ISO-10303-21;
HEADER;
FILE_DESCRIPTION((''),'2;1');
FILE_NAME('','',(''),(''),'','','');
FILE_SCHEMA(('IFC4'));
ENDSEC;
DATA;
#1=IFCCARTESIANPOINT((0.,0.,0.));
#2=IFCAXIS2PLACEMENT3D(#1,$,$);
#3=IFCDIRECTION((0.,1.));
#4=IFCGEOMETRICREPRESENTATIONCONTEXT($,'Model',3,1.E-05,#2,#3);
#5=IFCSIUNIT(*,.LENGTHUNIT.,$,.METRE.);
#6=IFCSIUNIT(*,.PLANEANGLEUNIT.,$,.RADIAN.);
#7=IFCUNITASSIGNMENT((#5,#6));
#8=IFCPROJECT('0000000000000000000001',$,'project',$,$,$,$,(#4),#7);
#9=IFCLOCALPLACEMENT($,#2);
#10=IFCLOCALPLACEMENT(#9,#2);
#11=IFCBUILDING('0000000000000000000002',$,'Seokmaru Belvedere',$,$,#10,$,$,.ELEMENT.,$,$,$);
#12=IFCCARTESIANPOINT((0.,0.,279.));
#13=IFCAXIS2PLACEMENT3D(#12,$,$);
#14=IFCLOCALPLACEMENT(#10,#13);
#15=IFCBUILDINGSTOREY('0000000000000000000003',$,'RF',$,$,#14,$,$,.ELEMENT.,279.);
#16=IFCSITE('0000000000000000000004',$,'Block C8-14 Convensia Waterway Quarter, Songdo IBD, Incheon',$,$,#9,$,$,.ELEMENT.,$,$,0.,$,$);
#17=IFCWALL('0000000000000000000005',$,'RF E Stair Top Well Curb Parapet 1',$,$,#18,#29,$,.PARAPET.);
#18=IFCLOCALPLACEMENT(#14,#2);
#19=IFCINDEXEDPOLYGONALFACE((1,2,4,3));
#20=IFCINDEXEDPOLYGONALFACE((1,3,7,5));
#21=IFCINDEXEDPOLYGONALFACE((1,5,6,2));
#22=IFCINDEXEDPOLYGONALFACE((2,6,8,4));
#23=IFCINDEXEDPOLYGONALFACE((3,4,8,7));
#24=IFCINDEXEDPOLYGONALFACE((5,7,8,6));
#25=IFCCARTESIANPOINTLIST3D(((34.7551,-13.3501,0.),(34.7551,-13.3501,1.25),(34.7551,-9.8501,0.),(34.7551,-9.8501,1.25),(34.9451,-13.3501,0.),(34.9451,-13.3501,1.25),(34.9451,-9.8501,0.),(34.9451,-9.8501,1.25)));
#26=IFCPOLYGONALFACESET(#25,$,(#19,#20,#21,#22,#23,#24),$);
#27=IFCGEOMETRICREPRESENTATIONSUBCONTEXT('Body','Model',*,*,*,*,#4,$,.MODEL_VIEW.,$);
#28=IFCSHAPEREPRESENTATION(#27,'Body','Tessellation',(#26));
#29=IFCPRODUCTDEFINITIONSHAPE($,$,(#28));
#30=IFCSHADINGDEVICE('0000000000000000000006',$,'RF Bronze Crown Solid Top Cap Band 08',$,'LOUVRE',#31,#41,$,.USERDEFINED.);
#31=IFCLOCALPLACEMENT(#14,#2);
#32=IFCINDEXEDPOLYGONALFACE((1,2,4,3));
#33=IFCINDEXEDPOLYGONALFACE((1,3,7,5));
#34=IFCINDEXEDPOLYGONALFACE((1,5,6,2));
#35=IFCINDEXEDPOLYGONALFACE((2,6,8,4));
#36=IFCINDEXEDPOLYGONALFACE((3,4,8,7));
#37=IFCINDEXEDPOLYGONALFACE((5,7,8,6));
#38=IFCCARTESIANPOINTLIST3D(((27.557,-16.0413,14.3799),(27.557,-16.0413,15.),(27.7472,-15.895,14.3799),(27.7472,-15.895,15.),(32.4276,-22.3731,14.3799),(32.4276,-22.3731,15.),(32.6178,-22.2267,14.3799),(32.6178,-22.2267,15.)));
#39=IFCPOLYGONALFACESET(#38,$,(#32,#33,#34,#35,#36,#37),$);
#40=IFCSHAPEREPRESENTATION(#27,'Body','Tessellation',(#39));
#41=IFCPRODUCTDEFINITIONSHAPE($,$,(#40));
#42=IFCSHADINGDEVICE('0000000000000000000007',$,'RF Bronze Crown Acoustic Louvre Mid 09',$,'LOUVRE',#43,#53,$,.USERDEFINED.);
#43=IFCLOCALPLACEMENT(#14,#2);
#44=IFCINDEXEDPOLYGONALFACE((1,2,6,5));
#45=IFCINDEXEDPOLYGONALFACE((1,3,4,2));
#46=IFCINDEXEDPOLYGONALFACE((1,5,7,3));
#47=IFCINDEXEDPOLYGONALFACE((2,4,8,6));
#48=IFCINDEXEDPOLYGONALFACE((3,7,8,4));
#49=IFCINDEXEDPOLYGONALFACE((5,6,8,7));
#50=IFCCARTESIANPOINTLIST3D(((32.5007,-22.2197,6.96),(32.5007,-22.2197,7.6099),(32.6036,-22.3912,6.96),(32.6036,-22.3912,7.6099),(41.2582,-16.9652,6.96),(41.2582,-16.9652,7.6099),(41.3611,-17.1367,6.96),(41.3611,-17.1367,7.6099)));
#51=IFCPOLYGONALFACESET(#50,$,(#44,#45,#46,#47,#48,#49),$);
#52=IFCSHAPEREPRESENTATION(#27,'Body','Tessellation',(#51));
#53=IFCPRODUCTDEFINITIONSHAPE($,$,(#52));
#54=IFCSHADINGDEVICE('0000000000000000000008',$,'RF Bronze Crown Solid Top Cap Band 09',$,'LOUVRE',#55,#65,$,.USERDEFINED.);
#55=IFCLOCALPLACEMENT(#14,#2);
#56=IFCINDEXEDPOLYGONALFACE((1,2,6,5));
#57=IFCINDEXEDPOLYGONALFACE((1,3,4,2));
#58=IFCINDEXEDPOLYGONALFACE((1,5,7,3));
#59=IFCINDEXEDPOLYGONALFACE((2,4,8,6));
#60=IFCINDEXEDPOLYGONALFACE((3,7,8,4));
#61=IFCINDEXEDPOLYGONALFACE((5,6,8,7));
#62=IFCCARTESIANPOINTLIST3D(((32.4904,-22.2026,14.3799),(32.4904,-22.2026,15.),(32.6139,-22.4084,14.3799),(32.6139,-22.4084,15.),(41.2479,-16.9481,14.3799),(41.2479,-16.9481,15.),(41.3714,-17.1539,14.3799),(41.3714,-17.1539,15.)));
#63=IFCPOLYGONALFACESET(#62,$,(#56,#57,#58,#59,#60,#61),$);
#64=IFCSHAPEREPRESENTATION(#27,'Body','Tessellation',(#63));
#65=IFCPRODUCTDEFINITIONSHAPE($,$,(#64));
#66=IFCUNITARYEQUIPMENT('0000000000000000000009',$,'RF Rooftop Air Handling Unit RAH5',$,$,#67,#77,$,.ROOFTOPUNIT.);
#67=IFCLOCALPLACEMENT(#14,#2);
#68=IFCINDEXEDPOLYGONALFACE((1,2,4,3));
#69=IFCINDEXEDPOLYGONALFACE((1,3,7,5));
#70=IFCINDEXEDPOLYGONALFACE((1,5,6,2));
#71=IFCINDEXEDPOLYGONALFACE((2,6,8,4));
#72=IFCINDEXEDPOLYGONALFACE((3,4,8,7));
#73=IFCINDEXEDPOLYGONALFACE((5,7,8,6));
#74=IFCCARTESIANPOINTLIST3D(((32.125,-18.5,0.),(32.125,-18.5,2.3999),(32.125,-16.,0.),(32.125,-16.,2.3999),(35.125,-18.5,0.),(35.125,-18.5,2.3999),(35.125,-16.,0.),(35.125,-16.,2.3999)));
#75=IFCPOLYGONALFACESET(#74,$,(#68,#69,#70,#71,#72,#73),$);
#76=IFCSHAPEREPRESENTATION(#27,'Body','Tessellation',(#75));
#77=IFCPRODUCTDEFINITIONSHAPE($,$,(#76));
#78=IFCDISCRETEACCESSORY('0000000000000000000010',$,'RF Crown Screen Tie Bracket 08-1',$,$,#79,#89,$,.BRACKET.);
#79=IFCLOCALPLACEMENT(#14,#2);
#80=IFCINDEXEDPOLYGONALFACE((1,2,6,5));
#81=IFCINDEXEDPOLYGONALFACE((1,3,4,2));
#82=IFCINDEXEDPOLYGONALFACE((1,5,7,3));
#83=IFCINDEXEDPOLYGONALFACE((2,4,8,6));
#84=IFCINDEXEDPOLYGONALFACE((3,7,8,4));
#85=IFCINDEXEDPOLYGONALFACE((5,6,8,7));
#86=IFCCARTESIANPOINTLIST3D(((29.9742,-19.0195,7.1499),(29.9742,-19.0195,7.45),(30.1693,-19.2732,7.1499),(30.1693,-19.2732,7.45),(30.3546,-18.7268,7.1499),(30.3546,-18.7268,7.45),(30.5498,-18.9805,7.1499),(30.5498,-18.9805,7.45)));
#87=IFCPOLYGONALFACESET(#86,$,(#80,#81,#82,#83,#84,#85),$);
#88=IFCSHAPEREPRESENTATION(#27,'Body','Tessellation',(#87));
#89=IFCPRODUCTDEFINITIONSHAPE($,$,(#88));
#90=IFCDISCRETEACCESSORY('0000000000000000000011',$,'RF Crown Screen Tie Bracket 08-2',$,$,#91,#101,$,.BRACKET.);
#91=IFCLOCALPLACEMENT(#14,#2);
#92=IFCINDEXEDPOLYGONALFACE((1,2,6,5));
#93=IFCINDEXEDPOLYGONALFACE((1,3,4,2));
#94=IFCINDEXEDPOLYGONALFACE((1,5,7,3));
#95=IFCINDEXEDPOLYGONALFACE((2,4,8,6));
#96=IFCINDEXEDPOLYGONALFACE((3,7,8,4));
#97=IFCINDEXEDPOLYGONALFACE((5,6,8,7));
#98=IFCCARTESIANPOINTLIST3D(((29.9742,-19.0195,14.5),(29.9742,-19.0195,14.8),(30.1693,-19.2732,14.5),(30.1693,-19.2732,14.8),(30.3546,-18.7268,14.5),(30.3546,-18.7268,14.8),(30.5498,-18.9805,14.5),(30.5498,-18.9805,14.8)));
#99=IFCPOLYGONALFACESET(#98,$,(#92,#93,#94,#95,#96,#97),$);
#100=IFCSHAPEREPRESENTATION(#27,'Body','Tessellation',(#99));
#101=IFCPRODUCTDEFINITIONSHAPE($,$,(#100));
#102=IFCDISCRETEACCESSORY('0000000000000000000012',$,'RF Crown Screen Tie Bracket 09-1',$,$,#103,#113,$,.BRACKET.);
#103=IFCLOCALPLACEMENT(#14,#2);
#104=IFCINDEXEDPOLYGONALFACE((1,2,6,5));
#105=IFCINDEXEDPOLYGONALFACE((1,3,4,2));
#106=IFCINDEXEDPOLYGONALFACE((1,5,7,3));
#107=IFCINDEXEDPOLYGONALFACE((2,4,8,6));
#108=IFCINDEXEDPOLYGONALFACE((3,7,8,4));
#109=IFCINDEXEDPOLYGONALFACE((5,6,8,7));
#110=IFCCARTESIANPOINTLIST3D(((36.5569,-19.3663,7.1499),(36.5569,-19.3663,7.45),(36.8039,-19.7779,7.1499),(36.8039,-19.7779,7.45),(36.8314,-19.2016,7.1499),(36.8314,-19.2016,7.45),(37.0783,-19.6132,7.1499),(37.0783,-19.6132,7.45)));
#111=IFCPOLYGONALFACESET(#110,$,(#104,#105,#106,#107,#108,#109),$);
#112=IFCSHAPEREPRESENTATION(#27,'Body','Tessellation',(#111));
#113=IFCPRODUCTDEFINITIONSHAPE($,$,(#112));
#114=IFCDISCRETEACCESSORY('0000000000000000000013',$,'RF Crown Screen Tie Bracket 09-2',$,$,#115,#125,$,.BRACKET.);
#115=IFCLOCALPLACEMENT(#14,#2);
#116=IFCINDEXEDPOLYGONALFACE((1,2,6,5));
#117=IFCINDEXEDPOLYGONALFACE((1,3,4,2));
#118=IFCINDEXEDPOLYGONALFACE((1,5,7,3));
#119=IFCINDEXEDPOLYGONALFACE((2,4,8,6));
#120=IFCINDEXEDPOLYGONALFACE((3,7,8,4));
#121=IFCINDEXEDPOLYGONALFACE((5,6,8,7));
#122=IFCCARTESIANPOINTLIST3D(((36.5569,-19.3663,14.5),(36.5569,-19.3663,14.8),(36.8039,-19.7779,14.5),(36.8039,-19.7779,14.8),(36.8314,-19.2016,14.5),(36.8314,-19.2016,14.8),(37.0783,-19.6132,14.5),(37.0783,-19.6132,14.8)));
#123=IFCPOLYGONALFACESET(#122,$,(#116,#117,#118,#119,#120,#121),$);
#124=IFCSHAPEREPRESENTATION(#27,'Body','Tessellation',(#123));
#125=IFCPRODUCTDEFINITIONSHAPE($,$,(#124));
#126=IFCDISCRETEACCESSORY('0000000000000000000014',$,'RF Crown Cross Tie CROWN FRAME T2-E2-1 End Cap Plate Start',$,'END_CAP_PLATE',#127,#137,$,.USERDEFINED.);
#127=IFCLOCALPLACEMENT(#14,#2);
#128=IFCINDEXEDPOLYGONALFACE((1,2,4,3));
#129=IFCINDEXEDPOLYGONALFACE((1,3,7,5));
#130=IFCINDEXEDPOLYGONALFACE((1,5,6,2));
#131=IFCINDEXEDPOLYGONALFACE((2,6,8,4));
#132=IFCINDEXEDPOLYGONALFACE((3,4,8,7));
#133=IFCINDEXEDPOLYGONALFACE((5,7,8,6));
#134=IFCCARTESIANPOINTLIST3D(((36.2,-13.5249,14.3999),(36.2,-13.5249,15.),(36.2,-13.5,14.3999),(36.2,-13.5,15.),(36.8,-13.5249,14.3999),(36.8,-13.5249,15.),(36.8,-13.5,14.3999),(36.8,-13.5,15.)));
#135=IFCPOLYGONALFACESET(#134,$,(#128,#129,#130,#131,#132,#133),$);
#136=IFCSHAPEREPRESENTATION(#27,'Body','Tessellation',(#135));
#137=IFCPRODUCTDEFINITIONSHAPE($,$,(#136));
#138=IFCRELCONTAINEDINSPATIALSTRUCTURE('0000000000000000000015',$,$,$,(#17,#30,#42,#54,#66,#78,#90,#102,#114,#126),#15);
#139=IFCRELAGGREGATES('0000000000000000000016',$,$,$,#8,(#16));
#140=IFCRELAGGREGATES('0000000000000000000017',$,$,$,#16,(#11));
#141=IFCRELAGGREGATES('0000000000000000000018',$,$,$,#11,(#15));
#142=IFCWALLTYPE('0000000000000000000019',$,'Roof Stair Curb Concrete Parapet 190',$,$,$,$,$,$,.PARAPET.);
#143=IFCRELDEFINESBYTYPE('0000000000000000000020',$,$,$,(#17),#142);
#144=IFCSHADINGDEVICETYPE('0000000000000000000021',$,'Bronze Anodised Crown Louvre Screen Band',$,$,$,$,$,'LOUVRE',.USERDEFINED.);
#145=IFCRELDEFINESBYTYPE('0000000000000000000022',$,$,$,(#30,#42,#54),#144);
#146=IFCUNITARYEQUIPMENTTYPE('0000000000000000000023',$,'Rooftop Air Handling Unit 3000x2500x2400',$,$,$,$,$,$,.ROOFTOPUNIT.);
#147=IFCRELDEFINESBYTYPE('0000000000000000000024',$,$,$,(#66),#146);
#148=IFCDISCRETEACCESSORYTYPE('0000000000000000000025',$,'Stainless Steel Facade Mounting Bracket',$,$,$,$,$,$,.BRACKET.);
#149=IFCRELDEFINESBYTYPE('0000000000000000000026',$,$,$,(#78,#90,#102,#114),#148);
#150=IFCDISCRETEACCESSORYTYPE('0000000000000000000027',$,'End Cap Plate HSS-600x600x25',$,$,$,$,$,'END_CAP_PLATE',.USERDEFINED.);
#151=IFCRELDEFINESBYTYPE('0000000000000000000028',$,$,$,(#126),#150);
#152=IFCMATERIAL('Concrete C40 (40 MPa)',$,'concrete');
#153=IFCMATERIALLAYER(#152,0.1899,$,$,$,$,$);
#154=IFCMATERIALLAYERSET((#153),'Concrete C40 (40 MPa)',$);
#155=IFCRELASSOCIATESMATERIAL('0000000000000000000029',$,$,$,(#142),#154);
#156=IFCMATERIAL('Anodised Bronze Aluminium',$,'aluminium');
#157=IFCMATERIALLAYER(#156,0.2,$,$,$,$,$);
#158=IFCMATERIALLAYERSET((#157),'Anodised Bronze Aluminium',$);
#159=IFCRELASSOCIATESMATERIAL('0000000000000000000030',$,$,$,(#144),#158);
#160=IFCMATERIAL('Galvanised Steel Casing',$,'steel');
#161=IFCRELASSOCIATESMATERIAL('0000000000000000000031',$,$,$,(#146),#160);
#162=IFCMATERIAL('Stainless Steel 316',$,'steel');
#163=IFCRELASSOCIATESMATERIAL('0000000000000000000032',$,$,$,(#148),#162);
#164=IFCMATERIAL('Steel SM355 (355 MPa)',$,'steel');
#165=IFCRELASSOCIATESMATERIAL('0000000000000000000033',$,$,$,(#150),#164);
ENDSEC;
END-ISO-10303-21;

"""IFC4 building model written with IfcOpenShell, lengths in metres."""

from ifc_helpers import new_model, si_unit, direction, frame, frame_2d, origin, origin_2d, place, context, subcontext, project, spatial, rectangle, extrude, source, transform, mapped, material, layer, layer_set, type_object, type_shapes, element, save


model = new_model("IFC4")

# Units and contexts
model_context = context("Model", 3, precision=1e-05, world=origin(), true_north=direction((0.0, 1.0)))
body_context = subcontext(model_context, "Body", "Model", "MODEL_VIEW")
ifc_project = project(units=[si_unit("LENGTHUNIT", "METRE"), si_unit("PLANEANGLEUNIT", "RADIAN")], contexts=[model_context])

# Site, building, storey
site_placement = place(None, origin())
site = spatial("IfcSite", under=ifc_project, at=site_placement, Name="Block C8-14 Convensia Waterway Quarter, Songdo IBD, Incheon", CompositionType="ELEMENT", RefElevation=0.0)
building_placement = place(site_placement, origin())
building = spatial("IfcBuilding", under=site, at=building_placement, Name="Seokmaru Belvedere", CompositionType="ELEMENT")
storey_placement = place(building_placement, frame((0.0, 0.0, 279.0)))
storey = spatial("IfcBuildingStorey", under=building, at=storey_placement, Name="RF", CompositionType="ELEMENT", Elevation=279.0)

# Shared definitions
ifc_material_1 = material(Name="Steel SM355 (355 MPa)", Category="steel")

# Wall
ifc_material_2 = material(Name="Concrete C40 (40 MPa)", Category="concrete")
ifc_layer_1 = layer(ifc_material_2, 0.1899)
ifc_layer_set_1 = layer_set([ifc_layer_1], Name="Concrete C40 (40 MPa)")
wall_type_1 = type_object("IfcWallType", Name="Roof Stair Curb Concrete Parapet 190", PredefinedType="PARAPET", material=ifc_layer_set_1)
wall_1_placement = place(storey_placement, frame((34.8501, -13.3501, 0.0), z_axis=(0.0, 0.0, 1.0), x_axis=(0.0, 1.0, 0.0)))
element("IfcWall", 1, at=wall_1_placement, inside=storey, type_object=wall_type_1, Name="RF E Stair Top Well Curb Parapet 1", PredefinedType="PARAPET", context=body_context, shape_type="SweptSolid", body=[
    extrude(rectangle(XDim=3.5, YDim=0.1899, at=frame_2d((1.75, 0.0))), origin(), (0.0, 0.0, 1.0), 1.25),
])

# Shading devices
ifc_material_3 = material(Name="Anodised Bronze Aluminium", Category="aluminium")
ifc_layer_2 = layer(ifc_material_3, 0.2)
ifc_layer_set_2 = layer_set([ifc_layer_2], Name="Anodised Bronze Aluminium")
shading_device_type = type_object("IfcShadingDeviceType", Name="Bronze Anodised Crown Louvre Screen Band", ElementType="LOUVRE", PredefinedType="USERDEFINED", material=ifc_layer_set_2)
shared_shape_1 = source(origin(), body_context, "Body", "SweptSolid", [
    extrude(rectangle(XDim=7.9883, YDim=0.24, at=origin_2d()), origin(), (0.0, 0.0, 1.0), 0.6201),
])
shading_device_1_placement = place(storey_placement, frame((30.0874, -19.134, 14.3799), z_axis=(0.0, 0.0, 1.0), x_axis=(0.609709, -0.792625, 0.0)))
element("IfcShadingDevice", 2, at=shading_device_1_placement, inside=storey, type_object=shading_device_type, Name="RF Bronze Crown Solid Top Cap Band 08", ObjectType="LOUVRE", PredefinedType="USERDEFINED", context=body_context, shape_type="MappedRepresentation", body=[
    mapped(shared_shape_1, transform((0.0, 0.0, 0.0), scale=1.0)),
])
shared_shape_2 = source(origin(), body_context, "Body", "SweptSolid", [
    extrude(rectangle(XDim=10.2129, YDim=0.2, at=origin_2d()), origin(), (0.0, 0.0, 1.0), 0.6499),
])
shading_device_2_placement = place(storey_placement, frame((36.9309, -19.6782, 6.96), z_axis=(0.0, 0.0, 1.0), x_axis=(0.857493, 0.514496, 0.0)))
element("IfcShadingDevice", 3, at=shading_device_2_placement, inside=storey, type_object=shading_device_type, Name="RF Bronze Crown Acoustic Louvre Mid 09", ObjectType="LOUVRE", PredefinedType="USERDEFINED", context=body_context, shape_type="MappedRepresentation", body=[
    mapped(shared_shape_2, transform((0.0, 0.0, 0.0), scale=1.0)),
])
shared_shape_3 = source(origin(), body_context, "Body", "SweptSolid", [
    extrude(rectangle(XDim=10.2129, YDim=0.24, at=origin_2d()), origin(), (0.0, 0.0, 1.0), 0.6201),
])
type_shapes(shading_device_type, [shared_shape_1, shared_shape_2, shared_shape_3])
shading_device_3_placement = place(storey_placement, frame((36.9309, -19.6782, 14.3799), z_axis=(0.0, 0.0, 1.0), x_axis=(0.857493, 0.514496, 0.0)))
element("IfcShadingDevice", 4, at=shading_device_3_placement, inside=storey, type_object=shading_device_type, Name="RF Bronze Crown Solid Top Cap Band 09", ObjectType="LOUVRE", PredefinedType="USERDEFINED", context=body_context, shape_type="MappedRepresentation", body=[
    mapped(shared_shape_3, transform((0.0, 0.0, 0.0), scale=1.0)),
])

# Unitary equipment
ifc_material_4 = material(Name="Galvanised Steel Casing", Category="steel")
unitary_equipment_type = type_object("IfcUnitaryEquipmentType", Name="Rooftop Air Handling Unit 3000x2500x2400", PredefinedType="ROOFTOPUNIT", material=ifc_material_4)
shared_shape_4 = source(origin(), body_context, "Body", "SweptSolid", [
    extrude(rectangle(XDim=3.0, YDim=2.5, at=origin_2d()), origin(), (0.0, 0.0, 1.0), 2.3999),
])
type_shapes(unitary_equipment_type, [shared_shape_4])
unitary_equipment_placement = place(storey_placement, frame((33.625, -17.25, 0.0), z_axis=(0.0, 0.0, 1.0), x_axis=(1.0, 0.0, 0.0)))
element("IfcUnitaryEquipment", 5, at=unitary_equipment_placement, inside=storey, type_object=unitary_equipment_type, Name="RF Rooftop Air Handling Unit RAH5", PredefinedType="ROOFTOPUNIT", context=body_context, shape_type="MappedRepresentation", body=[
    mapped(shared_shape_4, transform((0.0, 0.0, 0.0), scale=1.0)),
])

# Discrete accessories
ifc_material_5 = material(Name="Stainless Steel 316", Category="steel")
discrete_accessory_type_1 = type_object("IfcDiscreteAccessoryType", Name="Stainless Steel Facade Mounting Bracket", PredefinedType="BRACKET", material=ifc_material_5)
shared_shape_5 = source(origin(), body_context, "Body", "SweptSolid", [
    extrude(rectangle(XDim=0.3201, YDim=0.48, at=origin_2d()), origin(), (0.0, 0.0, 1.0), 0.3),
])
type_shapes(discrete_accessory_type_1, [shared_shape_5])
for number, where, z_axis, x_axis, name in (
    (6, (30.262, -19.0, 7.1499), (0.0, 0.0, 1.0), (0.609709, -0.792625, 0.0), "RF Crown Screen Tie Bracket 08-1"),
    (7, (30.262, -19.0, 14.5), (0.0, 0.0, 1.0), (0.609709, -0.792625, 0.0), "RF Crown Screen Tie Bracket 08-2"),
    (8, (36.8176, -19.4897, 7.1499), (0.0, 0.0, 1.0), (0.857493, 0.514496, 0.0), "RF Crown Screen Tie Bracket 09-1"),
    (9, (36.8176, -19.4897, 14.5), (0.0, 0.0, 1.0), (0.857493, 0.514496, 0.0), "RF Crown Screen Tie Bracket 09-2"),
):
    element("IfcDiscreteAccessory", number, at=place(storey_placement, frame(where, z_axis=z_axis, x_axis=x_axis)), inside=storey, type_object=discrete_accessory_type_1, Name=name, PredefinedType="BRACKET", context=body_context, shape_type="MappedRepresentation", body=[
        mapped(shared_shape_5, transform((0.0, 0.0, 0.0), scale=1.0)),
    ])
discrete_accessory_type_2 = type_object("IfcDiscreteAccessoryType", Name="End Cap Plate HSS-600x600x25", ElementType="END_CAP_PLATE", PredefinedType="USERDEFINED", material=ifc_material_1)
shared_shape_6 = source(origin(), body_context, "Body", "SweptSolid", [
    extrude(rectangle(XDim=0.0249, YDim=0.6001, at=origin_2d()), origin(), (0.0, 0.0, 1.0), 0.6001),
])
type_shapes(discrete_accessory_type_2, [shared_shape_6])
discrete_accessory_placement = place(storey_placement, frame((36.5, -13.5125, 14.3999), z_axis=(0.0, 0.0, 1.0), x_axis=(0.0, -1.0, 0.0)))
element("IfcDiscreteAccessory", 10, at=discrete_accessory_placement, inside=storey, type_object=discrete_accessory_type_2, Name="RF Crown Cross Tie CROWN FRAME T2-E2-1 End Cap Plate Start", ObjectType="END_CAP_PLATE", PredefinedType="USERDEFINED", context=body_context, shape_type="MappedRepresentation", body=[
    mapped(shared_shape_6, transform((0.0, 0.0, 0.0), scale=1.0)),
])

save(model, "model.ifc")
